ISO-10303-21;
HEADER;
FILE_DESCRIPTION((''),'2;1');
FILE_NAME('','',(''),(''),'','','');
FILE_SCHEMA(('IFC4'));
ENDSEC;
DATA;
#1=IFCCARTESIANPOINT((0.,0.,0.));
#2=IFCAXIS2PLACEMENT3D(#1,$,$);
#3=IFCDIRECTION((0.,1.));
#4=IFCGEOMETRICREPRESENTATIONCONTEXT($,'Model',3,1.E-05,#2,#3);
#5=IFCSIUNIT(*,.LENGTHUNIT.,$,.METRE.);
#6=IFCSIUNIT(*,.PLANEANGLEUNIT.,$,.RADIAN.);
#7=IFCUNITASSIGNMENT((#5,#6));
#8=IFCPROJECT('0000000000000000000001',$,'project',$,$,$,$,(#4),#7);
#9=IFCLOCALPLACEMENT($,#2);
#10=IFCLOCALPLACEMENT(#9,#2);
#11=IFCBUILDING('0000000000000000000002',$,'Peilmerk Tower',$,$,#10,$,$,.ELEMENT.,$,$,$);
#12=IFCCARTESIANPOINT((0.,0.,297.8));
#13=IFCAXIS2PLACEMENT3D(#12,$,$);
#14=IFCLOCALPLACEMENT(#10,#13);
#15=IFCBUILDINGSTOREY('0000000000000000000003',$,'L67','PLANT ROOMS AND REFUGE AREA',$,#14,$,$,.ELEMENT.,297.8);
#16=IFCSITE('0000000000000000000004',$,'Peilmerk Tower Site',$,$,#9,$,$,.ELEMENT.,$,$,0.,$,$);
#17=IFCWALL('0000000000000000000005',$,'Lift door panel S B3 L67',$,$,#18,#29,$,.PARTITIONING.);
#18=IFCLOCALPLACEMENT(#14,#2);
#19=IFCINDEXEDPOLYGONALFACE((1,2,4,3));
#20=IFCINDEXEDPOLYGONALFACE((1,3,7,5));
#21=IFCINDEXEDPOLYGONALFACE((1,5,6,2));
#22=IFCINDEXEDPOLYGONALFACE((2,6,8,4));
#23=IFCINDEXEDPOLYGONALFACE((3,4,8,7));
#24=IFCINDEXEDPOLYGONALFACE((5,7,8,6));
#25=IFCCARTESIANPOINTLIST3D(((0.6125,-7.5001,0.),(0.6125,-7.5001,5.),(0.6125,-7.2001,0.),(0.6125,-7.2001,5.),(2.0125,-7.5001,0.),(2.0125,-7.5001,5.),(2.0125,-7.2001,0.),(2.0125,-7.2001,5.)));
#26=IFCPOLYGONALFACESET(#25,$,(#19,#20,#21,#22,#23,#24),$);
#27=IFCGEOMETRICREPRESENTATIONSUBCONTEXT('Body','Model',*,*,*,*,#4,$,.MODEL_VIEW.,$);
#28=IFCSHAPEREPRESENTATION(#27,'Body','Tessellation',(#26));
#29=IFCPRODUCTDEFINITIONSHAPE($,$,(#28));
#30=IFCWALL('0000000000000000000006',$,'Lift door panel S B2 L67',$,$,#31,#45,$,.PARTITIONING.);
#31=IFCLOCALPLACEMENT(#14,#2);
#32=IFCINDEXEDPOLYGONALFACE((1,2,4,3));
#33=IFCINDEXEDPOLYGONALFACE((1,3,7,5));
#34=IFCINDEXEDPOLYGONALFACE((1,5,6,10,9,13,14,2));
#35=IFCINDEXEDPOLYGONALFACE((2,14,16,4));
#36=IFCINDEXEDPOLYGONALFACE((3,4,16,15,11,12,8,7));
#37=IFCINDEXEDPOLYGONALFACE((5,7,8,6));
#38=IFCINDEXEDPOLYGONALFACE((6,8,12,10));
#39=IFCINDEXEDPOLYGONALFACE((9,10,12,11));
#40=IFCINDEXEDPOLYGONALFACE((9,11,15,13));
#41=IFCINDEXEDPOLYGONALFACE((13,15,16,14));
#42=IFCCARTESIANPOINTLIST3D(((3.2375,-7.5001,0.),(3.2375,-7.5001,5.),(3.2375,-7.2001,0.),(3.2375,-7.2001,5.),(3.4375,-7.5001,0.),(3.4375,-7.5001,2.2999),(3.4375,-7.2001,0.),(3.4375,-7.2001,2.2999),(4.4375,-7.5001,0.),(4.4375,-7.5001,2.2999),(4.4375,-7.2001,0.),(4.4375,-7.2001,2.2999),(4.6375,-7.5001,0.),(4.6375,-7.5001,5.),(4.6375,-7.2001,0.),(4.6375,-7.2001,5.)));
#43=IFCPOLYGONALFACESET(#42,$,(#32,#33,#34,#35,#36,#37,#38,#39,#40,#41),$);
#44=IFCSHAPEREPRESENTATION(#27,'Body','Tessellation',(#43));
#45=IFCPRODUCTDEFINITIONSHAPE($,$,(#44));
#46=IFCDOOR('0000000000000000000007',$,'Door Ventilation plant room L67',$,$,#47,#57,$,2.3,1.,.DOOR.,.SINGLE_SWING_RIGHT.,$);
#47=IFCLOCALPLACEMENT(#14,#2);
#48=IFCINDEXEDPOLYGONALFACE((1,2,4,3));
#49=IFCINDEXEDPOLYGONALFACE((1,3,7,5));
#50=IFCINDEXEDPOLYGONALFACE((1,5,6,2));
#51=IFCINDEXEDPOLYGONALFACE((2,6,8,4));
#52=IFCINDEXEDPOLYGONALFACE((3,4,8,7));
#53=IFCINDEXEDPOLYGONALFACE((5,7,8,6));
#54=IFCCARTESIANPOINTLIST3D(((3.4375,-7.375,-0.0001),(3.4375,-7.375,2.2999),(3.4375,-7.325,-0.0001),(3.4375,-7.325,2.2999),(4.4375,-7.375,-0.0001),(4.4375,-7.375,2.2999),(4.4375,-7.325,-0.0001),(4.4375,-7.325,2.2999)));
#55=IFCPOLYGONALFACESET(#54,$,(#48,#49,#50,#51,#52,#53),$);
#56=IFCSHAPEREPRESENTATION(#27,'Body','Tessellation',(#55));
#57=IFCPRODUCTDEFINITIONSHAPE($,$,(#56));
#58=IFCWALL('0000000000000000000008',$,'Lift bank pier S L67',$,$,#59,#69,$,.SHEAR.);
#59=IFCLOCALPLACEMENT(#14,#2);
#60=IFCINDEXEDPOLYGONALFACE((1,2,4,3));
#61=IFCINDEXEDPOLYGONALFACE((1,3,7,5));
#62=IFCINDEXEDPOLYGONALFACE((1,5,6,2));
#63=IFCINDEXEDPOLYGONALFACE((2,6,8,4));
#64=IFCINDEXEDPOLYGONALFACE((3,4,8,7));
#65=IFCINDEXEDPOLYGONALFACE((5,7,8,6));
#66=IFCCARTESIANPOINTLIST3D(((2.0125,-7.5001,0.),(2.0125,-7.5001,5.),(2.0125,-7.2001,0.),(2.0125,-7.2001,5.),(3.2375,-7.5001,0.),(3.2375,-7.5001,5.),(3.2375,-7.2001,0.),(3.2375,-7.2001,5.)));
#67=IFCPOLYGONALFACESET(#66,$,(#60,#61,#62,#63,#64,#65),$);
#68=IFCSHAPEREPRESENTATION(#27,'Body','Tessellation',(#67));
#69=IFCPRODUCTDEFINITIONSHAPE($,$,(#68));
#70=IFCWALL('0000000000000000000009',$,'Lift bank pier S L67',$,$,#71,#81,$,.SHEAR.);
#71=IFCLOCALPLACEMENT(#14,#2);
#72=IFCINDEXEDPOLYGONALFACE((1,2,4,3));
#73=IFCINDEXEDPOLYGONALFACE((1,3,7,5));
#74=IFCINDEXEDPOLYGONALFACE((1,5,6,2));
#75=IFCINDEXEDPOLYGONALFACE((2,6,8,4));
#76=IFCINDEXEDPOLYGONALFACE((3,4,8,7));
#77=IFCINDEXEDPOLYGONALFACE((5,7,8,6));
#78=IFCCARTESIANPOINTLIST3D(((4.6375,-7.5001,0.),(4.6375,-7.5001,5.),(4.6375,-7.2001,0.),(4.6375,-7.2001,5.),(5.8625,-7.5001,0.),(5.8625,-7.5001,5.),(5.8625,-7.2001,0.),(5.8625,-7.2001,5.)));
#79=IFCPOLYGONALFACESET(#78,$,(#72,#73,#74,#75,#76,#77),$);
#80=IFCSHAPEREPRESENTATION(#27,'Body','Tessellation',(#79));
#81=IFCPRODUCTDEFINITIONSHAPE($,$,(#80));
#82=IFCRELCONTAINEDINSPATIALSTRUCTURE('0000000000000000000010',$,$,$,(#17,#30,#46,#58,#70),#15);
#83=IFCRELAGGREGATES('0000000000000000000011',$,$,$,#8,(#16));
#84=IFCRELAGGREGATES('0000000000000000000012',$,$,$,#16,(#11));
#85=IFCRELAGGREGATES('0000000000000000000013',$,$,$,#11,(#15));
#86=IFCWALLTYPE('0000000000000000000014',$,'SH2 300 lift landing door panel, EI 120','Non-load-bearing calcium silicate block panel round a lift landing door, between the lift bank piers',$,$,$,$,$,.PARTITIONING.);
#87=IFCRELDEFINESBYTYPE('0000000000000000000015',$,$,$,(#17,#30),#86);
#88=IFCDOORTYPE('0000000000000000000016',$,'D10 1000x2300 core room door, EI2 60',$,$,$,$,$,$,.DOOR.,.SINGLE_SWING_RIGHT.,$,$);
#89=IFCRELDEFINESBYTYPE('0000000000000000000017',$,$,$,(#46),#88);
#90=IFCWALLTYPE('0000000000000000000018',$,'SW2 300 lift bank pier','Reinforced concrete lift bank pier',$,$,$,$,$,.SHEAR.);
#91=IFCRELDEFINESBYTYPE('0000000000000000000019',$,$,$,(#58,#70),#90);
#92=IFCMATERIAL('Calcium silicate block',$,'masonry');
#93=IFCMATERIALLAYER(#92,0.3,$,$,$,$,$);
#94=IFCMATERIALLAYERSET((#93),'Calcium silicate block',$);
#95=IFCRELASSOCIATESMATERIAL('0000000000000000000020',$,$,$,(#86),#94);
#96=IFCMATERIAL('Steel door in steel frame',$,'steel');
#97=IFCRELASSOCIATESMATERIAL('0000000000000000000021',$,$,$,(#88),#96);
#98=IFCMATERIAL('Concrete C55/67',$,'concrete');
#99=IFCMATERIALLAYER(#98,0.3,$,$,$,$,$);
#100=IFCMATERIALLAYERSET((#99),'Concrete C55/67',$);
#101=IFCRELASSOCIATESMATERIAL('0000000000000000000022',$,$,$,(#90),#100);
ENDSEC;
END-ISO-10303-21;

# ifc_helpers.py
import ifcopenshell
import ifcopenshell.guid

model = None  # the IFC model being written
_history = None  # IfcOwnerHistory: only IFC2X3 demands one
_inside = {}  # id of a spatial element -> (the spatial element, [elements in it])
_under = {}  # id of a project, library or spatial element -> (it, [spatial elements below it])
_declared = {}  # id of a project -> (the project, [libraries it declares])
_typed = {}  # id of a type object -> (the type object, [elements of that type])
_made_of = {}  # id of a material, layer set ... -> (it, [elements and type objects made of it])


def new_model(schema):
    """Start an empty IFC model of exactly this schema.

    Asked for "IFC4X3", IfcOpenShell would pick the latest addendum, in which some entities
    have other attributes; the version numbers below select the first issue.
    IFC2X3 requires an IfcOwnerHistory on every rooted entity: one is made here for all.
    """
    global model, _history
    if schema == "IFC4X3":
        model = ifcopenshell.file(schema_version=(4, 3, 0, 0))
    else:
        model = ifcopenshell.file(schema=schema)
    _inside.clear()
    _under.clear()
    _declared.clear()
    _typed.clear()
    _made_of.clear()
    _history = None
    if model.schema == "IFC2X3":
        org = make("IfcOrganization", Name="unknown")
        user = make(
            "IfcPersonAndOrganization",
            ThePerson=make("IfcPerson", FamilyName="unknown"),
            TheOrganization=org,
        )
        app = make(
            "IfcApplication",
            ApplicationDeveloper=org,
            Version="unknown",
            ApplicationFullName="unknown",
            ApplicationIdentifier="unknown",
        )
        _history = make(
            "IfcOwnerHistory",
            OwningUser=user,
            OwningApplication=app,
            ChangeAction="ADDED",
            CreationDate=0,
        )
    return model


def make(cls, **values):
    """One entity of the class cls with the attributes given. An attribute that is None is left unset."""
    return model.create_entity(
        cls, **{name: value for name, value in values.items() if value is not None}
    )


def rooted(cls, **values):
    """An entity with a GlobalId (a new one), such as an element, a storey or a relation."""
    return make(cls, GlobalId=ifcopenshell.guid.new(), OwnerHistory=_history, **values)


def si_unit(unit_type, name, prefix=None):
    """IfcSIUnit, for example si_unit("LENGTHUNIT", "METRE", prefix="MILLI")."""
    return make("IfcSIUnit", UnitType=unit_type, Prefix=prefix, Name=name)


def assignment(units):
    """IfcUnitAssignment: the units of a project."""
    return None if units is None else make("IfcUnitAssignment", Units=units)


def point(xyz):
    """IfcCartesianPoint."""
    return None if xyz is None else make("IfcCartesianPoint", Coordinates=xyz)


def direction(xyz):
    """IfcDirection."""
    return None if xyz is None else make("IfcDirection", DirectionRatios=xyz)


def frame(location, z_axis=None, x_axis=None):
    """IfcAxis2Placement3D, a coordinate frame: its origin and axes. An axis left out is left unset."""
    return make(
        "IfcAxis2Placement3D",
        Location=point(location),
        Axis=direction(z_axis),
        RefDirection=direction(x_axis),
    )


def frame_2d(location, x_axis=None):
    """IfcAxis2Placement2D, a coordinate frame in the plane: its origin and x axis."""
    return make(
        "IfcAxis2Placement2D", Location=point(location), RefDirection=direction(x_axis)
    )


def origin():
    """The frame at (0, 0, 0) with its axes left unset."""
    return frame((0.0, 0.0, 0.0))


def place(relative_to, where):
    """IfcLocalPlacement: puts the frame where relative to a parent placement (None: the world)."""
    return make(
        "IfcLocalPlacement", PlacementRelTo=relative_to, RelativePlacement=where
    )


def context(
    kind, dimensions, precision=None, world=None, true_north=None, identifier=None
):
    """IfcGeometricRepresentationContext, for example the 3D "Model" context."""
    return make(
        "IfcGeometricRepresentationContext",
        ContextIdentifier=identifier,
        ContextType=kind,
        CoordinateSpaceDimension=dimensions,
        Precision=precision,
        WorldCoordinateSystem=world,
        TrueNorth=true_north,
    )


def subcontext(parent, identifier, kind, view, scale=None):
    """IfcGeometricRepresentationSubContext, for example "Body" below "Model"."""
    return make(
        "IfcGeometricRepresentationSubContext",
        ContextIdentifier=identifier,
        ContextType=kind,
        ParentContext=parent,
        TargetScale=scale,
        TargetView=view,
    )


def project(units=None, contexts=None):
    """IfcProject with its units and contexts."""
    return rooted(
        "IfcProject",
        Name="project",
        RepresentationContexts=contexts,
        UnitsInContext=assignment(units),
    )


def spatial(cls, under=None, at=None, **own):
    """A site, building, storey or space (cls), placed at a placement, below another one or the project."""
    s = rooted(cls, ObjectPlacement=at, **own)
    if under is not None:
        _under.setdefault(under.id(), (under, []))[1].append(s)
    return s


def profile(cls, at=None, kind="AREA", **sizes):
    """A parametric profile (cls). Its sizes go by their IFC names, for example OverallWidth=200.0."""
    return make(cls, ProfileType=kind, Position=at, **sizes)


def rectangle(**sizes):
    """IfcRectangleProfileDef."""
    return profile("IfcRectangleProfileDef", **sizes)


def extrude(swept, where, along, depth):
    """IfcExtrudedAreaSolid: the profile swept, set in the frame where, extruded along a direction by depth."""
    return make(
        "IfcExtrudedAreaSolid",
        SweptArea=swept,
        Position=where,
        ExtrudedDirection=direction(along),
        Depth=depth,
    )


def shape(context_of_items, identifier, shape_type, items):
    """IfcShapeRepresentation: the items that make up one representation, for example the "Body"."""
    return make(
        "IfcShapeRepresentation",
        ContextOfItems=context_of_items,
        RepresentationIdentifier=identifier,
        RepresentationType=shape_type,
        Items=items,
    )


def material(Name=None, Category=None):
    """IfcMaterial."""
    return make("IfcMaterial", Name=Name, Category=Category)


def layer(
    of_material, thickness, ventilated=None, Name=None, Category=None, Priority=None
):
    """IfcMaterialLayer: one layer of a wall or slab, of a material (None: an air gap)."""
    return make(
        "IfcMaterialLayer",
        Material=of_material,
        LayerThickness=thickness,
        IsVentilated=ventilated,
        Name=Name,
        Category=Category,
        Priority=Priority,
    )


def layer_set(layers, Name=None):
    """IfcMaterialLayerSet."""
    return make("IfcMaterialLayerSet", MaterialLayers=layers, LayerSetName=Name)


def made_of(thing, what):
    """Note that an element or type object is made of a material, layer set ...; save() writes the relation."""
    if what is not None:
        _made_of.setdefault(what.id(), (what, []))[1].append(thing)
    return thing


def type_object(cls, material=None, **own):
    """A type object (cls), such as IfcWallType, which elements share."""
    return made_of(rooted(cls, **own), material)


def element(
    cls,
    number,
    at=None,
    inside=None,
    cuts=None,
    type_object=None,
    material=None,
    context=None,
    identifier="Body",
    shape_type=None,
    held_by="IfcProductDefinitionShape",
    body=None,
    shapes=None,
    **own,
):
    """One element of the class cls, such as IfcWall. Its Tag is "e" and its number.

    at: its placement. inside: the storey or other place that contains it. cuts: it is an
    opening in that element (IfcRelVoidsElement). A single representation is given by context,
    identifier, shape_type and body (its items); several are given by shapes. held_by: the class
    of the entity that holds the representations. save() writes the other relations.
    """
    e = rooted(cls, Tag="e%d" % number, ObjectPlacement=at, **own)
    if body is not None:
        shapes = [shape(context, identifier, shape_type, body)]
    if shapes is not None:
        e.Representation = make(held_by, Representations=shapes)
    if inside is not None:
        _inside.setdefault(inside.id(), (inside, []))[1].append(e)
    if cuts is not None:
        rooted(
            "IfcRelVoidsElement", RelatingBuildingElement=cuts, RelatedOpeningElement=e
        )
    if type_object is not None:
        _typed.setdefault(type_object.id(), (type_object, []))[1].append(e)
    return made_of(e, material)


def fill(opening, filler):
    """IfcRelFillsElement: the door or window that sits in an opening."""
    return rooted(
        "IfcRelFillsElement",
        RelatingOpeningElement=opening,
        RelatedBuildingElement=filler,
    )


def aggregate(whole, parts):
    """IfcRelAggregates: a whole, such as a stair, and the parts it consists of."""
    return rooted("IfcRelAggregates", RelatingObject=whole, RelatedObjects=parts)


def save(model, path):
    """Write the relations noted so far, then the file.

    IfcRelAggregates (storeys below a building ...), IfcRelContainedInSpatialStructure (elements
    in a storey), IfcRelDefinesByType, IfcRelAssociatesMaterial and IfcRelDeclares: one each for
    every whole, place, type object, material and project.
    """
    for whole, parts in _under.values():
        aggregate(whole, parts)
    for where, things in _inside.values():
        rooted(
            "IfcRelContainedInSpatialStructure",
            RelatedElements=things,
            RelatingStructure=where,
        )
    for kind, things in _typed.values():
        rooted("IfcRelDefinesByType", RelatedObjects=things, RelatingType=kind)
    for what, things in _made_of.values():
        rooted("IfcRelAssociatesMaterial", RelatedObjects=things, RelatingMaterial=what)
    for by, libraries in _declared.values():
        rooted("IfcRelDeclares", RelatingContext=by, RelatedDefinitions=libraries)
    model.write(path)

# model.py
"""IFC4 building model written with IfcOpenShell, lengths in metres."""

from ifc_helpers import new_model, si_unit, direction, frame, frame_2d, origin, place, context, subcontext, project, spatial, rectangle, extrude, material, layer, layer_set, type_object, element, fill, save


model = new_model("IFC4")

# Units and contexts
model_context = context("Model", 3, precision=1e-05, world=origin(), true_north=direction((0.0, 1.0)))
body_context = subcontext(model_context, "Body", "Model", "MODEL_VIEW")
ifc_project = project(units=[si_unit("LENGTHUNIT", "METRE"), si_unit("PLANEANGLEUNIT", "RADIAN")], contexts=[model_context])

# Site, building, storey
site_placement = place(None, origin())
site = spatial("IfcSite", under=ifc_project, at=site_placement, Name="Peilmerk Tower Site", CompositionType="ELEMENT", RefElevation=0.0)
building_placement = place(site_placement, origin())
building = spatial("IfcBuilding", under=site, at=building_placement, Name="Peilmerk Tower", CompositionType="ELEMENT")
storey_placement = place(building_placement, frame((0.0, 0.0, 297.8)))
storey = spatial("IfcBuildingStorey", under=building, at=storey_placement, Name="L67", Description="PLANT ROOMS AND REFUGE AREA", CompositionType="ELEMENT", Elevation=297.8)

# Wall
ifc_material_1 = material(Name="Calcium silicate block", Category="masonry")
ifc_layer_1 = layer(ifc_material_1, 0.3)
ifc_layer_set_1 = layer_set([ifc_layer_1], Name="Calcium silicate block")
wall_type_1 = type_object("IfcWallType", Name="SH2 300 lift landing door panel, EI 120", Description="Non-load-bearing calcium silicate block panel round a lift landing door, between the lift bank piers", PredefinedType="PARTITIONING", material=ifc_layer_set_1)
wall_1_placement = place(storey_placement, frame((0.6125, -7.3501, 0.0), z_axis=(0.0, 0.0, 1.0), x_axis=(1.0, 0.0, 0.0)))
element("IfcWall", 1, at=wall_1_placement, inside=storey, type_object=wall_type_1, Name="Lift door panel S B3 L67", PredefinedType="PARTITIONING", context=body_context, shape_type="SweptSolid", body=[
    extrude(rectangle(XDim=1.3999, YDim=0.3, at=frame_2d((0.7, 0.0))), origin(), (0.0, 0.0, 1.0), 5.0),
])

# Wall, opening, door
wall_2_placement = place(storey_placement, frame((3.2375, -7.3501, 0.0), z_axis=(0.0, 0.0, 1.0), x_axis=(1.0, 0.0, 0.0)))
wall_2 = element("IfcWall", 2, at=wall_2_placement, inside=storey, type_object=wall_type_1, Name="Lift door panel S B2 L67", PredefinedType="PARTITIONING", context=body_context, shape_type="SweptSolid", body=[
    extrude(rectangle(XDim=1.3999, YDim=0.3, at=frame_2d((0.7, 0.0))), origin(), (0.0, 0.0, 1.0), 5.0),
])
opening_placement = place(wall_2_placement, frame((0.2, 0.0, 0.0)))
opening = element("IfcOpeningElement", 3, at=opening_placement, cuts=wall_2, PredefinedType="OPENING", context=body_context, shape_type="SweptSolid", body=[
    extrude(rectangle(XDim=1.0, YDim=2.3, at=frame_2d((0.5, 1.1499))), frame((0.0, 0.1599, 0.0), z_axis=(0.0, -1.0, 0.0), x_axis=(1.0, 0.0, 0.0)), (0.0, 0.0, 1.0), 0.3201),
])
ifc_material_2 = material(Name="Steel door in steel frame", Category="steel")
door_type = type_object("IfcDoorType", Name="D10 1000x2300 core room door, EI2 60", OperationType="SINGLE_SWING_RIGHT", PredefinedType="DOOR", material=ifc_material_2)
door_placement = place(opening_placement, frame((1.0, 0.0, 0.0), z_axis=(0.0, 0.0, 1.0), x_axis=(-1.0, 0.0, 0.0)))
door = element("IfcDoor", 4, at=door_placement, inside=storey, type_object=door_type, Name="Door Ventilation plant room L67", OperationType="SINGLE_SWING_RIGHT", OverallHeight=2.3, OverallWidth=1.0, PredefinedType="DOOR", context=body_context, shape_type="SweptSolid", body=[
    extrude(rectangle(XDim=1.0, YDim=2.3, at=frame_2d((0.5, 1.1499))), frame((0.0, 0.0249, 0.0), z_axis=(0.0, -1.0, 0.0), x_axis=(1.0, 0.0, 0.0)), (0.0, 0.0, 1.0), 0.05),
])
fill(opening, door)

# Walls
ifc_material_3 = material(Name="Concrete C55/67", Category="concrete")
ifc_layer_2 = layer(ifc_material_3, 0.3)
ifc_layer_set_2 = layer_set([ifc_layer_2], Name="Concrete C55/67")
wall_type_2 = type_object("IfcWallType", Name="SW2 300 lift bank pier", Description="Reinforced concrete lift bank pier", PredefinedType="SHEAR", material=ifc_layer_set_2)
for number, where, z_axis, x_axis, name in (
    (5, (2.0125, -7.3501, 0.0), (0.0, 0.0, 1.0), (1.0, 0.0, 0.0), "Lift bank pier S L67"),
    (6, (4.6375, -7.3501, 0.0), (0.0, 0.0, 1.0), (1.0, 0.0, 0.0), "Lift bank pier S L67"),
):
    element("IfcWall", number, at=place(storey_placement, frame(where, z_axis=z_axis, x_axis=x_axis)), inside=storey, type_object=wall_type_2, Name=name, PredefinedType="SHEAR", context=body_context, shape_type="SweptSolid", body=[
        extrude(rectangle(XDim=1.2251, YDim=0.3, at=frame_2d((0.6125, 0.0))), origin(), (0.0, 0.0, 1.0), 5.0),
    ])

save(model, "model.ifc")
